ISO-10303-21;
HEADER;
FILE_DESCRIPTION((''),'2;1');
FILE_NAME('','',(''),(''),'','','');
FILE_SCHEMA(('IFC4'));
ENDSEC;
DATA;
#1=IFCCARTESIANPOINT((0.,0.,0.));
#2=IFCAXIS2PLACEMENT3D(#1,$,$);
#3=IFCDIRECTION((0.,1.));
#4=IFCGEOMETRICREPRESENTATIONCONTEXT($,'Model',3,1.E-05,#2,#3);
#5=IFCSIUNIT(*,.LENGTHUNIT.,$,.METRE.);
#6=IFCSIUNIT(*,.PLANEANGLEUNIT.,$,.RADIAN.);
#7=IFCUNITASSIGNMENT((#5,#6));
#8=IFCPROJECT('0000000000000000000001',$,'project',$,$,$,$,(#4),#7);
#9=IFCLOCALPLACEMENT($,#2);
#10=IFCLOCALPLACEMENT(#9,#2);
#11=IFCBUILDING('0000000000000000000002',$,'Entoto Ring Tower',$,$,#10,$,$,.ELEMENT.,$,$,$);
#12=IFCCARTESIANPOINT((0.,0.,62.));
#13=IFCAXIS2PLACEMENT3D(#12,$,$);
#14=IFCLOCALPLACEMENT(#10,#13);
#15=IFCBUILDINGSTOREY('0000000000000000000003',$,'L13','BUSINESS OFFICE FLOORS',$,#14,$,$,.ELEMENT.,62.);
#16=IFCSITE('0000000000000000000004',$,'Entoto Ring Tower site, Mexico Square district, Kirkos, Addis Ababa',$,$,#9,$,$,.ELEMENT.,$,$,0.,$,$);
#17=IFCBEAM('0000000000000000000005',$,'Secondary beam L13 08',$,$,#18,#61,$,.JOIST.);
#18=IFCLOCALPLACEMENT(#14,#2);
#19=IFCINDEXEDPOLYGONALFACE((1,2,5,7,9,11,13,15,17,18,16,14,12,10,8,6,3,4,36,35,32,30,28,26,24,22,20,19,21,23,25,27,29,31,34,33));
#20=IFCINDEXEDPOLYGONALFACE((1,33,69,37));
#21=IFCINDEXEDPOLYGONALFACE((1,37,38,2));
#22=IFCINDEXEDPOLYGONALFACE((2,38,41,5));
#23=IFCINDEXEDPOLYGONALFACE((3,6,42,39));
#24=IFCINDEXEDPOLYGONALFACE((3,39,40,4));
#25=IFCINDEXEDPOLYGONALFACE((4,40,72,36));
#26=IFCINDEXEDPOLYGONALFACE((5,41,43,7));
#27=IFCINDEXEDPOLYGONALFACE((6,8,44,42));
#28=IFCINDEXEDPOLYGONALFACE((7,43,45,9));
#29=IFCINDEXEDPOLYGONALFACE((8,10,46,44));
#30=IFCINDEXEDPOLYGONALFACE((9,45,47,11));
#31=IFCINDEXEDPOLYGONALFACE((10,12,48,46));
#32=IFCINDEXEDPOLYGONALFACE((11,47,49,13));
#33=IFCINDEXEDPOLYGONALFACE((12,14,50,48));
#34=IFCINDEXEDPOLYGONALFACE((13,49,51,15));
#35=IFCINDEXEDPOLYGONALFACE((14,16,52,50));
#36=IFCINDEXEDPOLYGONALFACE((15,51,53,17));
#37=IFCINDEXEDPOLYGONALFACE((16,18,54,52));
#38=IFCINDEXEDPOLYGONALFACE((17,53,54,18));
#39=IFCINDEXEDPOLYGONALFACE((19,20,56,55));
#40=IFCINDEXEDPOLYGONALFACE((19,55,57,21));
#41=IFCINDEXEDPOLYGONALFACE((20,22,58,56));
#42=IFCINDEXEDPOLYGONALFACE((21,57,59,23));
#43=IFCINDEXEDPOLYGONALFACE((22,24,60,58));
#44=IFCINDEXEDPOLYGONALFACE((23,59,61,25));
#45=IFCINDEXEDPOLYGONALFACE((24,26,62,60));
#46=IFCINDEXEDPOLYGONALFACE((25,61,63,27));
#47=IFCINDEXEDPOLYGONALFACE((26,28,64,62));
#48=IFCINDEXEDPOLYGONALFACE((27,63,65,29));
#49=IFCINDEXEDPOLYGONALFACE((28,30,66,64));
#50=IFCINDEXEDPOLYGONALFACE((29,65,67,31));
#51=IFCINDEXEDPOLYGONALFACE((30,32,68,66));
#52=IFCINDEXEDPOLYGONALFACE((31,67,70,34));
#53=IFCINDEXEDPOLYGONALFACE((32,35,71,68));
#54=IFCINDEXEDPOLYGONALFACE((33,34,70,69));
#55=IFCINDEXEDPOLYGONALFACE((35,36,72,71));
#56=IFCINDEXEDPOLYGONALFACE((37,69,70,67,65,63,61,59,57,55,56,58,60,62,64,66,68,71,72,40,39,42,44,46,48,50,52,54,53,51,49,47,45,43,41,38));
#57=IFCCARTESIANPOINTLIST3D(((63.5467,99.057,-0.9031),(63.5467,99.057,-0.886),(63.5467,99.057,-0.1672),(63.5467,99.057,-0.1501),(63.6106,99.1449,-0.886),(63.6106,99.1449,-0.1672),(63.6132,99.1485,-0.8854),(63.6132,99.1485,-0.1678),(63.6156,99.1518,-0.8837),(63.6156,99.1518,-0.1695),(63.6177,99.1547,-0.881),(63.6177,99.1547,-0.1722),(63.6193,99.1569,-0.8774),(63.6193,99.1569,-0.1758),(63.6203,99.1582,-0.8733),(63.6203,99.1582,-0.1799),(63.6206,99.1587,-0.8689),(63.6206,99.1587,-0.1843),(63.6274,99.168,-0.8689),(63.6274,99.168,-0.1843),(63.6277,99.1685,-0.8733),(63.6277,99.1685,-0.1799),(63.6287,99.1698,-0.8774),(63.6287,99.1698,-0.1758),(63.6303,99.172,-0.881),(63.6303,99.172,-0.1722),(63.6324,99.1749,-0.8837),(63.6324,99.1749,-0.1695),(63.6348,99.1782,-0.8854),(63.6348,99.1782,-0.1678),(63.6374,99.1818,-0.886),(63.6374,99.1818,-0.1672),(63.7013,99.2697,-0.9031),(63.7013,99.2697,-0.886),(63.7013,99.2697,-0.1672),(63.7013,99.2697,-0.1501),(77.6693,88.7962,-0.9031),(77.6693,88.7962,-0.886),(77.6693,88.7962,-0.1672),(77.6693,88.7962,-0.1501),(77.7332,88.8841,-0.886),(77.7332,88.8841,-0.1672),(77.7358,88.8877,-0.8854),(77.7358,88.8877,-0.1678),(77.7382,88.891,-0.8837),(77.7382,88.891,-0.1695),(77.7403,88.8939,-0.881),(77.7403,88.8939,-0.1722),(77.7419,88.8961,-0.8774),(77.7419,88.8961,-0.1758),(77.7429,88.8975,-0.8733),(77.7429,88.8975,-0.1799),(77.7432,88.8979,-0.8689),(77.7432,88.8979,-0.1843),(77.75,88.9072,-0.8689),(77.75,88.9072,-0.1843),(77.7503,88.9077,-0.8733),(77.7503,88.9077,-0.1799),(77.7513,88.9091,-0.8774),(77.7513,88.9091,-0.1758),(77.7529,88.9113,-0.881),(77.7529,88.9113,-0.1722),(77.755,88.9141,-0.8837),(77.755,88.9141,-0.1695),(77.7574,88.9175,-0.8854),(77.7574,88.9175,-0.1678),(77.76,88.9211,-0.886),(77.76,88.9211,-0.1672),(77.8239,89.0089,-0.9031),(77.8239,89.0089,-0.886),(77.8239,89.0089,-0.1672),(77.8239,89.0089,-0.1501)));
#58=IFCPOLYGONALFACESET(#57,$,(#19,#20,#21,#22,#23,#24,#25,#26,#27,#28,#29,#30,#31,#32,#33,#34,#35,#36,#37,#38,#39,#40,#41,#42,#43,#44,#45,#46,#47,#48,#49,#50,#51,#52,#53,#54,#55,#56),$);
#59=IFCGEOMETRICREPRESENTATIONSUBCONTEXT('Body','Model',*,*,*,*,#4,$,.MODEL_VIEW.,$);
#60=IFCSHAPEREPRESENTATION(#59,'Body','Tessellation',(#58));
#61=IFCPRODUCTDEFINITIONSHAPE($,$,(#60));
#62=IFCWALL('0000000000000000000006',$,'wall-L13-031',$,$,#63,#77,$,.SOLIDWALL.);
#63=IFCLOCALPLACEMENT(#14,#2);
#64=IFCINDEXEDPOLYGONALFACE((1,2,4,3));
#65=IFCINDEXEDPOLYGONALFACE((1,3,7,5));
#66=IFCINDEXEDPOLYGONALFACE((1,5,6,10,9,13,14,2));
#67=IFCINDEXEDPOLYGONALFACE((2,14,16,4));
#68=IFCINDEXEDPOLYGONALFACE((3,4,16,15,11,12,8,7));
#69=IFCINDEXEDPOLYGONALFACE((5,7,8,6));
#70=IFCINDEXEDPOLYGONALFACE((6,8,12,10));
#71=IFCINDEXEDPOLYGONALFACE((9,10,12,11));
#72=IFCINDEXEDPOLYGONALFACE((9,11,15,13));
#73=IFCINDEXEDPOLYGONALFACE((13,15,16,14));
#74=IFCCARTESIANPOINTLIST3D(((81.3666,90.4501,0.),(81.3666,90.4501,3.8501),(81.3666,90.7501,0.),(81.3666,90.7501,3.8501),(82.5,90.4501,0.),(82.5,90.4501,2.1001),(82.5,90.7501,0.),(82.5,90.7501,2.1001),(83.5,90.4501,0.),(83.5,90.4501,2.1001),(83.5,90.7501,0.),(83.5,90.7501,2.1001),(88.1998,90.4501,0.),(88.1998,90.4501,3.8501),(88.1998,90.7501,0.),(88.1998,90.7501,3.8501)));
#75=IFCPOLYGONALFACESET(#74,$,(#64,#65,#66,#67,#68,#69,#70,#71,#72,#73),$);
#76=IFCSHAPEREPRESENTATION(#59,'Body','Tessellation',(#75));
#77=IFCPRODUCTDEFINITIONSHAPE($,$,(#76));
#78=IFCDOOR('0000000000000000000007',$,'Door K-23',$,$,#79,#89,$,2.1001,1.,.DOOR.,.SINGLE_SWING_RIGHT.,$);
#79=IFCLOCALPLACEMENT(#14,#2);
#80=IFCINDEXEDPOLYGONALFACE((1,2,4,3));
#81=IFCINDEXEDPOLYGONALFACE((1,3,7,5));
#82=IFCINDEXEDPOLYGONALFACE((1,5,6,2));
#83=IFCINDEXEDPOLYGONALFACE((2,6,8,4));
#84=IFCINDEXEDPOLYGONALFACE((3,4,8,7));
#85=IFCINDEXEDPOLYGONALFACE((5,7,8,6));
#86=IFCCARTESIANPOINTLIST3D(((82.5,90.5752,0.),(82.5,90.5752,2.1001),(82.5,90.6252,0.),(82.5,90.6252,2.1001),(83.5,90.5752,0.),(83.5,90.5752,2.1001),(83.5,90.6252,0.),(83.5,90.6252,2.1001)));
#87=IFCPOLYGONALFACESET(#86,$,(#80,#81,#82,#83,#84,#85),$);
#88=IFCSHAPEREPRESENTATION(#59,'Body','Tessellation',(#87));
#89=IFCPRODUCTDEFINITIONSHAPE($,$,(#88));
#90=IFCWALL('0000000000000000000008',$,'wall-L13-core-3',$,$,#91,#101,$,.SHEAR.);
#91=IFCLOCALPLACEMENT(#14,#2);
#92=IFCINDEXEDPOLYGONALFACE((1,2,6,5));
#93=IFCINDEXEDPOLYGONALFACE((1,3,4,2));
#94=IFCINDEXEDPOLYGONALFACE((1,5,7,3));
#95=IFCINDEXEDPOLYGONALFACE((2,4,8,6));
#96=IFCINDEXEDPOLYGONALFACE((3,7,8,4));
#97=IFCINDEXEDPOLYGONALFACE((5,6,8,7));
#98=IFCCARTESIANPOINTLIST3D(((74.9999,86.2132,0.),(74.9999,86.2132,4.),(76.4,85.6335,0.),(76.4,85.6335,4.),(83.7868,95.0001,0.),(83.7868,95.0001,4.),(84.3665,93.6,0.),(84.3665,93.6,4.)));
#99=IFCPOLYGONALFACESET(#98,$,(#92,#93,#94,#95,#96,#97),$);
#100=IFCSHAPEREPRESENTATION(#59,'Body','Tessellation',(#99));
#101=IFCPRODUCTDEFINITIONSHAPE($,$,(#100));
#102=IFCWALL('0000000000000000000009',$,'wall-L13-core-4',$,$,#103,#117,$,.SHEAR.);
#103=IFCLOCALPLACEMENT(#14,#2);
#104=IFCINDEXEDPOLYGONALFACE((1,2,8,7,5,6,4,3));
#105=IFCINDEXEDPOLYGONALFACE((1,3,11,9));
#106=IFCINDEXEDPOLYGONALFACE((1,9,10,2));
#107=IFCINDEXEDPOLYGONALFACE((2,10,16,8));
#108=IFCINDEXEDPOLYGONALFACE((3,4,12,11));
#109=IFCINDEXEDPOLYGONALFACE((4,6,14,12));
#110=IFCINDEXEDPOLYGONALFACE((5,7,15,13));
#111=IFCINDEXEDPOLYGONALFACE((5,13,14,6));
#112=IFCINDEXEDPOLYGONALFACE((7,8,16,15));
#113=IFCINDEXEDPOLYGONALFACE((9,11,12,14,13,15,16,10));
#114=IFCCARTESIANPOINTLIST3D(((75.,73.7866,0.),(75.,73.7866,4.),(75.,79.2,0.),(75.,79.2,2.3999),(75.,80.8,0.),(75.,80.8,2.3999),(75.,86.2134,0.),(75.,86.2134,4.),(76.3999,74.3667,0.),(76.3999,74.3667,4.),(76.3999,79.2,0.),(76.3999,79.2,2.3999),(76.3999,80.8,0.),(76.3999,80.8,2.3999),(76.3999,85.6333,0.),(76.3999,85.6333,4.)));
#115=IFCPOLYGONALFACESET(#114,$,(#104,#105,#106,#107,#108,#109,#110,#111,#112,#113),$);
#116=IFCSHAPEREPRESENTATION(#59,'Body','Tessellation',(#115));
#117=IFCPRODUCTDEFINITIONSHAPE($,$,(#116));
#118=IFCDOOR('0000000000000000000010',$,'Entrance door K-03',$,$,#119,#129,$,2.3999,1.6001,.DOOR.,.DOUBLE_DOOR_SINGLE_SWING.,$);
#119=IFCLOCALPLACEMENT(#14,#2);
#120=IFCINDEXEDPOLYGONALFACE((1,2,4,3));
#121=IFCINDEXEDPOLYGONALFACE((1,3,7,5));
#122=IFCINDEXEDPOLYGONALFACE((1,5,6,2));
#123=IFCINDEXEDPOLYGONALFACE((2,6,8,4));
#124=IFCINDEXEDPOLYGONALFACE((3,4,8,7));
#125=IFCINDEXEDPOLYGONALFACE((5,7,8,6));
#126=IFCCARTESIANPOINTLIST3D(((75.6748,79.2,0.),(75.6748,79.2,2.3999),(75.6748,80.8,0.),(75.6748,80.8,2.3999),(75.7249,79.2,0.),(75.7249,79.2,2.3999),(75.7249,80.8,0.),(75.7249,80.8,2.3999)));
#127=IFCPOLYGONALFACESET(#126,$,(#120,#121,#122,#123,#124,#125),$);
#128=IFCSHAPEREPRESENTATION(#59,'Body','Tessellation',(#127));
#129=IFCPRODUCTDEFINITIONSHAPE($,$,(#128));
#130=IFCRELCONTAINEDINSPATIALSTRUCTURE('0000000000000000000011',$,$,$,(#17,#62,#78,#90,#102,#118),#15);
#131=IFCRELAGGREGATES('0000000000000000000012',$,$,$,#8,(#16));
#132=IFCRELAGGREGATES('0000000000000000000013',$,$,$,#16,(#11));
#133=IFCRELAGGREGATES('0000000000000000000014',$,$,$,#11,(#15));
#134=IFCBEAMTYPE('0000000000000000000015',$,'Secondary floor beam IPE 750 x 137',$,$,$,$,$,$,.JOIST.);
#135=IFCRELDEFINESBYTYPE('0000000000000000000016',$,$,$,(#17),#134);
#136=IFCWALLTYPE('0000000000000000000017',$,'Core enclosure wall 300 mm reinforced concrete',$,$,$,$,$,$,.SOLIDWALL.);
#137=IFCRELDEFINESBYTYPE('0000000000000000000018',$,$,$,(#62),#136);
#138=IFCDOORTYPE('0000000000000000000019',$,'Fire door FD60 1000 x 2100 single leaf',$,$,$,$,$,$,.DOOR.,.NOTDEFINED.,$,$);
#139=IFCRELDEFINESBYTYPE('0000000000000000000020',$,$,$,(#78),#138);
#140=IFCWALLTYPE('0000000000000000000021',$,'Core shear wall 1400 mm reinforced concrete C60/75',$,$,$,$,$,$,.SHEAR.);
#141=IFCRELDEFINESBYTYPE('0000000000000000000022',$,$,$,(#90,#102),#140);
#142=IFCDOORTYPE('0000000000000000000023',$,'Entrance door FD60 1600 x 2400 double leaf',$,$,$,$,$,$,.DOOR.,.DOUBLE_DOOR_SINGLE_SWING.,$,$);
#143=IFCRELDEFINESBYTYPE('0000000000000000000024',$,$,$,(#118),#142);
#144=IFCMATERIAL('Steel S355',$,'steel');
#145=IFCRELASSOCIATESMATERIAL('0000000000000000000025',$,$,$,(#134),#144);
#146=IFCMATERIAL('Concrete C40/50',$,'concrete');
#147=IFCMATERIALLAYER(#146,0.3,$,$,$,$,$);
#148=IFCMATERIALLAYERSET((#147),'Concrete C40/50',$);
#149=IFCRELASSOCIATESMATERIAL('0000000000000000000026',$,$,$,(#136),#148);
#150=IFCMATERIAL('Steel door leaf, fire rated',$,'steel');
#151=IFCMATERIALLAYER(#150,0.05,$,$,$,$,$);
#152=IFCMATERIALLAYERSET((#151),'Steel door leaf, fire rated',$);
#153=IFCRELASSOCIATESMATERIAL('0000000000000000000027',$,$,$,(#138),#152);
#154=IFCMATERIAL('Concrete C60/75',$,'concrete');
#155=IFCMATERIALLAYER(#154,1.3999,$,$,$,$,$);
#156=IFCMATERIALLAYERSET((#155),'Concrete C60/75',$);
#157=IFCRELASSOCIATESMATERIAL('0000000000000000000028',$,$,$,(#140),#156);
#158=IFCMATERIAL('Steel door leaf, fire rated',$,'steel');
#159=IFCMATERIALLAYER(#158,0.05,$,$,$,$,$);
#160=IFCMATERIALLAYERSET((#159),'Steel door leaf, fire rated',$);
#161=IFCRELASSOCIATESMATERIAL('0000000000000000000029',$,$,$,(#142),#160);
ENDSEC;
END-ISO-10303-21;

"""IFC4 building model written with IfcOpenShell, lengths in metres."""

from ifc_helpers import new_model, si_unit, direction, frame, frame_2d, origin, origin_2d, place, context, subcontext, project, spatial, polyline, rectangle, i_section, outline, extrude, material, layer, layer_set, material_profile, profile_set, type_object, element, fill, save


model = new_model("IFC4")

# Units and contexts
model_context = context("Model", 3, precision=1e-05, world=origin(), true_north=direction((0.0, 1.0)))
body_context = subcontext(model_context, "Body", "Model", "MODEL_VIEW")
ifc_project = project(units=[si_unit("LENGTHUNIT", "METRE"), si_unit("PLANEANGLEUNIT", "RADIAN")], contexts=[model_context])

# Site, building, storey
site_placement = place(None, origin())
site = spatial("IfcSite", under=ifc_project, at=site_placement, Name="Entoto Ring Tower site, Mexico Square district, Kirkos, Addis Ababa", CompositionType="ELEMENT", RefElevation=0.0)
building_placement = place(site_placement, origin())
building = spatial("IfcBuilding", under=site, at=building_placement, Name="Entoto Ring Tower", CompositionType="ELEMENT")
storey_placement = place(building_placement, frame((0.0, 0.0, 62.0)))
storey = spatial("IfcBuildingStorey", under=building, at=storey_placement, Name="L13", Description="BUSINESS OFFICE FLOORS", CompositionType="ELEMENT", Elevation=62.0)

# Beam
ifc_material_1 = material(Name="Steel S355", Category="steel")
ifc_material_profile_1 = material_profile(ifc_material_1, i_section(OverallWidth=0.2629, OverallDepth=0.7529, WebThickness=0.0115, FlangeThickness=0.0171, FilletRadius=0.0171, at=origin_2d()), Name="IPE 750 x 137")
ifc_profile_set_1 = profile_set([ifc_material_profile_1], Name="Steel S355")
beam_type_1 = type_object("IfcBeamType", Name="Secondary floor beam IPE 750 x 137", PredefinedType="JOIST", material=ifc_profile_set_1)
for number, where, z_axis, x_axis, name in (
    (1, (77.7466, 88.9026, -0.5266), (-0.809014, 0.587789, 0.0), (-0.587789, -0.809014, 0.0), "Secondary beam L13 08"),
):
    element("IfcBeam", number, at=place(storey_placement, frame(where, z_axis=z_axis, x_axis=x_axis)), inside=storey, type_object=beam_type_1, Name=name, PredefinedType="JOIST", context=body_context, shape_type="SweptSolid", body=[
        extrude(i_section(OverallWidth=0.2629, OverallDepth=0.7529, WebThickness=0.0115, FlangeThickness=0.0171, FilletRadius=0.0171, at=origin_2d()), origin(), (0.0, 0.0, 1.0), 17.4565),
    ])

# Wall, opening, door
ifc_material_2 = material(Name="Concrete C40/50", Category="concrete")
ifc_layer_1 = layer(ifc_material_2, 0.3)
ifc_layer_set_1 = layer_set([ifc_layer_1], Name="Concrete C40/50")
wall_type_1 = type_object("IfcWallType", Name="Core enclosure wall 300 mm reinforced concrete", PredefinedType="SOLIDWALL", material=ifc_layer_set_1)
wall_1_placement = place(storey_placement, frame((81.3667, 90.6001, 0.0), z_axis=(0.0, 0.0, 1.0), x_axis=(1.0, 0.0, 0.0)))
wall_1 = element("IfcWall", 2, at=wall_1_placement, inside=storey, type_object=wall_type_1, Name="wall-L13-031", PredefinedType="SOLIDWALL", context=body_context, shape_type="SweptSolid", body=[
    extrude(rectangle(XDim=6.8333, YDim=0.3, at=frame_2d((3.4165, 0.0))), origin(), (0.0, 0.0, 1.0), 3.8501),
])
opening_1_placement = place(wall_1_placement, frame((1.1333, 0.0, 0.0)))
opening_1 = element("IfcOpeningElement", 3, at=opening_1_placement, cuts=wall_1, PredefinedType="OPENING", context=body_context, shape_type="SweptSolid", body=[
    extrude(rectangle(XDim=1.0, YDim=2.1001, at=frame_2d((0.5, 1.05))), frame((0.0, 0.1602, 0.0), z_axis=(0.0, -1.0, 0.0), x_axis=(1.0, 0.0, 0.0)), (0.0, 0.0, 1.0), 0.3201),
])
ifc_material_3 = material(Name="Steel door leaf, fire rated", Category="steel")
ifc_layer_2 = layer(ifc_material_3, 0.05)
ifc_layer_set_2 = layer_set([ifc_layer_2], Name="Steel door leaf, fire rated")
door_type_1 = type_object("IfcDoorType", Name="Fire door FD60 1000 x 2100 single leaf", OperationType="NOTDEFINED", PredefinedType="DOOR", material=ifc_layer_set_2)
door_1_placement = place(opening_1_placement, frame((1.0, 0.0, 0.0), z_axis=(0.0, 0.0, 1.0), x_axis=(-1.0, 0.0, 0.0)))
door_1 = element("IfcDoor", 4, at=door_1_placement, inside=storey, type_object=door_type_1, Name="Door K-23", OperationType="SINGLE_SWING_RIGHT", OverallHeight=2.1001, OverallWidth=1.0, PredefinedType="DOOR", context=body_context, shape_type="SweptSolid", body=[
    extrude(rectangle(XDim=1.0, YDim=2.1001, at=frame_2d((0.5, 1.05))), frame((0.0, 0.0249, 0.0), z_axis=(0.0, -1.0, 0.0), x_axis=(1.0, 0.0, 0.0)), (0.0, 0.0, 1.0), 0.05),
])
fill(opening_1, door_1)

# Wall
ifc_material_4 = material(Name="Concrete C60/75", Category="concrete")
ifc_layer_3 = layer(ifc_material_4, 1.3999)
ifc_layer_set_3 = layer_set([ifc_layer_3], Name="Concrete C60/75")
wall_type_2 = type_object("IfcWallType", Name="Core shear wall 1400 mm reinforced concrete C60/75", PredefinedType="SHEAR", material=ifc_layer_set_3)
wall_2_placement = place(storey_placement, frame((84.0767, 94.3, 0.0), z_axis=(0.0, 0.0, 1.0), x_axis=(-0.707107, -0.707107, 0.0)))
element("IfcWall", 5, at=wall_2_placement, inside=storey, type_object=wall_type_2, Name="wall-L13-core-3", PredefinedType="SHEAR", context=body_context, shape_type="SweptSolid", body=[
    extrude(outline(polyline([(-0.29, -0.7), (12.1365, -0.7), (11.5564, 0.7), (0.29, 0.7), (-0.29, -0.7)])), origin(), (0.0, 0.0, 1.0), 4.0),
])

# Wall, opening, door
wall_3_placement = place(storey_placement, frame((75.7, 85.9233, 0.0), z_axis=(0.0, 0.0, 1.0), x_axis=(0.0, -1.0, 0.0)))
wall_3 = element("IfcWall", 6, at=wall_3_placement, inside=storey, type_object=wall_type_2, Name="wall-L13-core-4", PredefinedType="SHEAR", context=body_context, shape_type="SweptSolid", body=[
    extrude(outline(polyline([(-0.29, -0.7), (12.1367, -0.7), (11.5566, 0.7), (0.29, 0.7), (-0.29, -0.7)])), origin(), (0.0, 0.0, 1.0), 4.0),
])
opening_2_placement = place(wall_3_placement, frame((5.1233, 0.0, 0.0)))
opening_2 = element("IfcOpeningElement", 7, at=opening_2_placement, cuts=wall_3, PredefinedType="OPENING", context=body_context, shape_type="SweptSolid", body=[
    extrude(rectangle(XDim=1.6001, YDim=2.3999, at=frame_2d((0.8, 1.2))), frame((0.0, 0.71, 0.0), z_axis=(0.0, -1.0, 0.0), x_axis=(1.0, 0.0, 0.0)), (0.0, 0.0, 1.0), 1.4199),
])
ifc_material_5 = material(Name="Steel door leaf, fire rated", Category="steel")
ifc_layer_4 = layer(ifc_material_5, 0.05)
ifc_layer_set_4 = layer_set([ifc_layer_4], Name="Steel door leaf, fire rated")
door_type_2 = type_object("IfcDoorType", Name="Entrance door FD60 1600 x 2400 double leaf", OperationType="DOUBLE_DOOR_SINGLE_SWING", PredefinedType="DOOR", material=ifc_layer_set_4)
door_2_placement = place(opening_2_placement, origin())
door_2 = element("IfcDoor", 8, at=door_2_placement, inside=storey, type_object=door_type_2, Name="Entrance door K-03", OperationType="DOUBLE_DOOR_SINGLE_SWING", OverallHeight=2.3999, OverallWidth=1.6001, PredefinedType="DOOR", context=body_context, shape_type="SweptSolid", body=[
    extrude(rectangle(XDim=1.6001, YDim=2.3999, at=frame_2d((0.8, 1.2))), frame((0.0, 0.0249, 0.0), z_axis=(0.0, -1.0, 0.0), x_axis=(1.0, 0.0, 0.0)), (0.0, 0.0, 1.0), 0.05),
])
fill(opening_2, door_2)

save(model, "model.ifc")
